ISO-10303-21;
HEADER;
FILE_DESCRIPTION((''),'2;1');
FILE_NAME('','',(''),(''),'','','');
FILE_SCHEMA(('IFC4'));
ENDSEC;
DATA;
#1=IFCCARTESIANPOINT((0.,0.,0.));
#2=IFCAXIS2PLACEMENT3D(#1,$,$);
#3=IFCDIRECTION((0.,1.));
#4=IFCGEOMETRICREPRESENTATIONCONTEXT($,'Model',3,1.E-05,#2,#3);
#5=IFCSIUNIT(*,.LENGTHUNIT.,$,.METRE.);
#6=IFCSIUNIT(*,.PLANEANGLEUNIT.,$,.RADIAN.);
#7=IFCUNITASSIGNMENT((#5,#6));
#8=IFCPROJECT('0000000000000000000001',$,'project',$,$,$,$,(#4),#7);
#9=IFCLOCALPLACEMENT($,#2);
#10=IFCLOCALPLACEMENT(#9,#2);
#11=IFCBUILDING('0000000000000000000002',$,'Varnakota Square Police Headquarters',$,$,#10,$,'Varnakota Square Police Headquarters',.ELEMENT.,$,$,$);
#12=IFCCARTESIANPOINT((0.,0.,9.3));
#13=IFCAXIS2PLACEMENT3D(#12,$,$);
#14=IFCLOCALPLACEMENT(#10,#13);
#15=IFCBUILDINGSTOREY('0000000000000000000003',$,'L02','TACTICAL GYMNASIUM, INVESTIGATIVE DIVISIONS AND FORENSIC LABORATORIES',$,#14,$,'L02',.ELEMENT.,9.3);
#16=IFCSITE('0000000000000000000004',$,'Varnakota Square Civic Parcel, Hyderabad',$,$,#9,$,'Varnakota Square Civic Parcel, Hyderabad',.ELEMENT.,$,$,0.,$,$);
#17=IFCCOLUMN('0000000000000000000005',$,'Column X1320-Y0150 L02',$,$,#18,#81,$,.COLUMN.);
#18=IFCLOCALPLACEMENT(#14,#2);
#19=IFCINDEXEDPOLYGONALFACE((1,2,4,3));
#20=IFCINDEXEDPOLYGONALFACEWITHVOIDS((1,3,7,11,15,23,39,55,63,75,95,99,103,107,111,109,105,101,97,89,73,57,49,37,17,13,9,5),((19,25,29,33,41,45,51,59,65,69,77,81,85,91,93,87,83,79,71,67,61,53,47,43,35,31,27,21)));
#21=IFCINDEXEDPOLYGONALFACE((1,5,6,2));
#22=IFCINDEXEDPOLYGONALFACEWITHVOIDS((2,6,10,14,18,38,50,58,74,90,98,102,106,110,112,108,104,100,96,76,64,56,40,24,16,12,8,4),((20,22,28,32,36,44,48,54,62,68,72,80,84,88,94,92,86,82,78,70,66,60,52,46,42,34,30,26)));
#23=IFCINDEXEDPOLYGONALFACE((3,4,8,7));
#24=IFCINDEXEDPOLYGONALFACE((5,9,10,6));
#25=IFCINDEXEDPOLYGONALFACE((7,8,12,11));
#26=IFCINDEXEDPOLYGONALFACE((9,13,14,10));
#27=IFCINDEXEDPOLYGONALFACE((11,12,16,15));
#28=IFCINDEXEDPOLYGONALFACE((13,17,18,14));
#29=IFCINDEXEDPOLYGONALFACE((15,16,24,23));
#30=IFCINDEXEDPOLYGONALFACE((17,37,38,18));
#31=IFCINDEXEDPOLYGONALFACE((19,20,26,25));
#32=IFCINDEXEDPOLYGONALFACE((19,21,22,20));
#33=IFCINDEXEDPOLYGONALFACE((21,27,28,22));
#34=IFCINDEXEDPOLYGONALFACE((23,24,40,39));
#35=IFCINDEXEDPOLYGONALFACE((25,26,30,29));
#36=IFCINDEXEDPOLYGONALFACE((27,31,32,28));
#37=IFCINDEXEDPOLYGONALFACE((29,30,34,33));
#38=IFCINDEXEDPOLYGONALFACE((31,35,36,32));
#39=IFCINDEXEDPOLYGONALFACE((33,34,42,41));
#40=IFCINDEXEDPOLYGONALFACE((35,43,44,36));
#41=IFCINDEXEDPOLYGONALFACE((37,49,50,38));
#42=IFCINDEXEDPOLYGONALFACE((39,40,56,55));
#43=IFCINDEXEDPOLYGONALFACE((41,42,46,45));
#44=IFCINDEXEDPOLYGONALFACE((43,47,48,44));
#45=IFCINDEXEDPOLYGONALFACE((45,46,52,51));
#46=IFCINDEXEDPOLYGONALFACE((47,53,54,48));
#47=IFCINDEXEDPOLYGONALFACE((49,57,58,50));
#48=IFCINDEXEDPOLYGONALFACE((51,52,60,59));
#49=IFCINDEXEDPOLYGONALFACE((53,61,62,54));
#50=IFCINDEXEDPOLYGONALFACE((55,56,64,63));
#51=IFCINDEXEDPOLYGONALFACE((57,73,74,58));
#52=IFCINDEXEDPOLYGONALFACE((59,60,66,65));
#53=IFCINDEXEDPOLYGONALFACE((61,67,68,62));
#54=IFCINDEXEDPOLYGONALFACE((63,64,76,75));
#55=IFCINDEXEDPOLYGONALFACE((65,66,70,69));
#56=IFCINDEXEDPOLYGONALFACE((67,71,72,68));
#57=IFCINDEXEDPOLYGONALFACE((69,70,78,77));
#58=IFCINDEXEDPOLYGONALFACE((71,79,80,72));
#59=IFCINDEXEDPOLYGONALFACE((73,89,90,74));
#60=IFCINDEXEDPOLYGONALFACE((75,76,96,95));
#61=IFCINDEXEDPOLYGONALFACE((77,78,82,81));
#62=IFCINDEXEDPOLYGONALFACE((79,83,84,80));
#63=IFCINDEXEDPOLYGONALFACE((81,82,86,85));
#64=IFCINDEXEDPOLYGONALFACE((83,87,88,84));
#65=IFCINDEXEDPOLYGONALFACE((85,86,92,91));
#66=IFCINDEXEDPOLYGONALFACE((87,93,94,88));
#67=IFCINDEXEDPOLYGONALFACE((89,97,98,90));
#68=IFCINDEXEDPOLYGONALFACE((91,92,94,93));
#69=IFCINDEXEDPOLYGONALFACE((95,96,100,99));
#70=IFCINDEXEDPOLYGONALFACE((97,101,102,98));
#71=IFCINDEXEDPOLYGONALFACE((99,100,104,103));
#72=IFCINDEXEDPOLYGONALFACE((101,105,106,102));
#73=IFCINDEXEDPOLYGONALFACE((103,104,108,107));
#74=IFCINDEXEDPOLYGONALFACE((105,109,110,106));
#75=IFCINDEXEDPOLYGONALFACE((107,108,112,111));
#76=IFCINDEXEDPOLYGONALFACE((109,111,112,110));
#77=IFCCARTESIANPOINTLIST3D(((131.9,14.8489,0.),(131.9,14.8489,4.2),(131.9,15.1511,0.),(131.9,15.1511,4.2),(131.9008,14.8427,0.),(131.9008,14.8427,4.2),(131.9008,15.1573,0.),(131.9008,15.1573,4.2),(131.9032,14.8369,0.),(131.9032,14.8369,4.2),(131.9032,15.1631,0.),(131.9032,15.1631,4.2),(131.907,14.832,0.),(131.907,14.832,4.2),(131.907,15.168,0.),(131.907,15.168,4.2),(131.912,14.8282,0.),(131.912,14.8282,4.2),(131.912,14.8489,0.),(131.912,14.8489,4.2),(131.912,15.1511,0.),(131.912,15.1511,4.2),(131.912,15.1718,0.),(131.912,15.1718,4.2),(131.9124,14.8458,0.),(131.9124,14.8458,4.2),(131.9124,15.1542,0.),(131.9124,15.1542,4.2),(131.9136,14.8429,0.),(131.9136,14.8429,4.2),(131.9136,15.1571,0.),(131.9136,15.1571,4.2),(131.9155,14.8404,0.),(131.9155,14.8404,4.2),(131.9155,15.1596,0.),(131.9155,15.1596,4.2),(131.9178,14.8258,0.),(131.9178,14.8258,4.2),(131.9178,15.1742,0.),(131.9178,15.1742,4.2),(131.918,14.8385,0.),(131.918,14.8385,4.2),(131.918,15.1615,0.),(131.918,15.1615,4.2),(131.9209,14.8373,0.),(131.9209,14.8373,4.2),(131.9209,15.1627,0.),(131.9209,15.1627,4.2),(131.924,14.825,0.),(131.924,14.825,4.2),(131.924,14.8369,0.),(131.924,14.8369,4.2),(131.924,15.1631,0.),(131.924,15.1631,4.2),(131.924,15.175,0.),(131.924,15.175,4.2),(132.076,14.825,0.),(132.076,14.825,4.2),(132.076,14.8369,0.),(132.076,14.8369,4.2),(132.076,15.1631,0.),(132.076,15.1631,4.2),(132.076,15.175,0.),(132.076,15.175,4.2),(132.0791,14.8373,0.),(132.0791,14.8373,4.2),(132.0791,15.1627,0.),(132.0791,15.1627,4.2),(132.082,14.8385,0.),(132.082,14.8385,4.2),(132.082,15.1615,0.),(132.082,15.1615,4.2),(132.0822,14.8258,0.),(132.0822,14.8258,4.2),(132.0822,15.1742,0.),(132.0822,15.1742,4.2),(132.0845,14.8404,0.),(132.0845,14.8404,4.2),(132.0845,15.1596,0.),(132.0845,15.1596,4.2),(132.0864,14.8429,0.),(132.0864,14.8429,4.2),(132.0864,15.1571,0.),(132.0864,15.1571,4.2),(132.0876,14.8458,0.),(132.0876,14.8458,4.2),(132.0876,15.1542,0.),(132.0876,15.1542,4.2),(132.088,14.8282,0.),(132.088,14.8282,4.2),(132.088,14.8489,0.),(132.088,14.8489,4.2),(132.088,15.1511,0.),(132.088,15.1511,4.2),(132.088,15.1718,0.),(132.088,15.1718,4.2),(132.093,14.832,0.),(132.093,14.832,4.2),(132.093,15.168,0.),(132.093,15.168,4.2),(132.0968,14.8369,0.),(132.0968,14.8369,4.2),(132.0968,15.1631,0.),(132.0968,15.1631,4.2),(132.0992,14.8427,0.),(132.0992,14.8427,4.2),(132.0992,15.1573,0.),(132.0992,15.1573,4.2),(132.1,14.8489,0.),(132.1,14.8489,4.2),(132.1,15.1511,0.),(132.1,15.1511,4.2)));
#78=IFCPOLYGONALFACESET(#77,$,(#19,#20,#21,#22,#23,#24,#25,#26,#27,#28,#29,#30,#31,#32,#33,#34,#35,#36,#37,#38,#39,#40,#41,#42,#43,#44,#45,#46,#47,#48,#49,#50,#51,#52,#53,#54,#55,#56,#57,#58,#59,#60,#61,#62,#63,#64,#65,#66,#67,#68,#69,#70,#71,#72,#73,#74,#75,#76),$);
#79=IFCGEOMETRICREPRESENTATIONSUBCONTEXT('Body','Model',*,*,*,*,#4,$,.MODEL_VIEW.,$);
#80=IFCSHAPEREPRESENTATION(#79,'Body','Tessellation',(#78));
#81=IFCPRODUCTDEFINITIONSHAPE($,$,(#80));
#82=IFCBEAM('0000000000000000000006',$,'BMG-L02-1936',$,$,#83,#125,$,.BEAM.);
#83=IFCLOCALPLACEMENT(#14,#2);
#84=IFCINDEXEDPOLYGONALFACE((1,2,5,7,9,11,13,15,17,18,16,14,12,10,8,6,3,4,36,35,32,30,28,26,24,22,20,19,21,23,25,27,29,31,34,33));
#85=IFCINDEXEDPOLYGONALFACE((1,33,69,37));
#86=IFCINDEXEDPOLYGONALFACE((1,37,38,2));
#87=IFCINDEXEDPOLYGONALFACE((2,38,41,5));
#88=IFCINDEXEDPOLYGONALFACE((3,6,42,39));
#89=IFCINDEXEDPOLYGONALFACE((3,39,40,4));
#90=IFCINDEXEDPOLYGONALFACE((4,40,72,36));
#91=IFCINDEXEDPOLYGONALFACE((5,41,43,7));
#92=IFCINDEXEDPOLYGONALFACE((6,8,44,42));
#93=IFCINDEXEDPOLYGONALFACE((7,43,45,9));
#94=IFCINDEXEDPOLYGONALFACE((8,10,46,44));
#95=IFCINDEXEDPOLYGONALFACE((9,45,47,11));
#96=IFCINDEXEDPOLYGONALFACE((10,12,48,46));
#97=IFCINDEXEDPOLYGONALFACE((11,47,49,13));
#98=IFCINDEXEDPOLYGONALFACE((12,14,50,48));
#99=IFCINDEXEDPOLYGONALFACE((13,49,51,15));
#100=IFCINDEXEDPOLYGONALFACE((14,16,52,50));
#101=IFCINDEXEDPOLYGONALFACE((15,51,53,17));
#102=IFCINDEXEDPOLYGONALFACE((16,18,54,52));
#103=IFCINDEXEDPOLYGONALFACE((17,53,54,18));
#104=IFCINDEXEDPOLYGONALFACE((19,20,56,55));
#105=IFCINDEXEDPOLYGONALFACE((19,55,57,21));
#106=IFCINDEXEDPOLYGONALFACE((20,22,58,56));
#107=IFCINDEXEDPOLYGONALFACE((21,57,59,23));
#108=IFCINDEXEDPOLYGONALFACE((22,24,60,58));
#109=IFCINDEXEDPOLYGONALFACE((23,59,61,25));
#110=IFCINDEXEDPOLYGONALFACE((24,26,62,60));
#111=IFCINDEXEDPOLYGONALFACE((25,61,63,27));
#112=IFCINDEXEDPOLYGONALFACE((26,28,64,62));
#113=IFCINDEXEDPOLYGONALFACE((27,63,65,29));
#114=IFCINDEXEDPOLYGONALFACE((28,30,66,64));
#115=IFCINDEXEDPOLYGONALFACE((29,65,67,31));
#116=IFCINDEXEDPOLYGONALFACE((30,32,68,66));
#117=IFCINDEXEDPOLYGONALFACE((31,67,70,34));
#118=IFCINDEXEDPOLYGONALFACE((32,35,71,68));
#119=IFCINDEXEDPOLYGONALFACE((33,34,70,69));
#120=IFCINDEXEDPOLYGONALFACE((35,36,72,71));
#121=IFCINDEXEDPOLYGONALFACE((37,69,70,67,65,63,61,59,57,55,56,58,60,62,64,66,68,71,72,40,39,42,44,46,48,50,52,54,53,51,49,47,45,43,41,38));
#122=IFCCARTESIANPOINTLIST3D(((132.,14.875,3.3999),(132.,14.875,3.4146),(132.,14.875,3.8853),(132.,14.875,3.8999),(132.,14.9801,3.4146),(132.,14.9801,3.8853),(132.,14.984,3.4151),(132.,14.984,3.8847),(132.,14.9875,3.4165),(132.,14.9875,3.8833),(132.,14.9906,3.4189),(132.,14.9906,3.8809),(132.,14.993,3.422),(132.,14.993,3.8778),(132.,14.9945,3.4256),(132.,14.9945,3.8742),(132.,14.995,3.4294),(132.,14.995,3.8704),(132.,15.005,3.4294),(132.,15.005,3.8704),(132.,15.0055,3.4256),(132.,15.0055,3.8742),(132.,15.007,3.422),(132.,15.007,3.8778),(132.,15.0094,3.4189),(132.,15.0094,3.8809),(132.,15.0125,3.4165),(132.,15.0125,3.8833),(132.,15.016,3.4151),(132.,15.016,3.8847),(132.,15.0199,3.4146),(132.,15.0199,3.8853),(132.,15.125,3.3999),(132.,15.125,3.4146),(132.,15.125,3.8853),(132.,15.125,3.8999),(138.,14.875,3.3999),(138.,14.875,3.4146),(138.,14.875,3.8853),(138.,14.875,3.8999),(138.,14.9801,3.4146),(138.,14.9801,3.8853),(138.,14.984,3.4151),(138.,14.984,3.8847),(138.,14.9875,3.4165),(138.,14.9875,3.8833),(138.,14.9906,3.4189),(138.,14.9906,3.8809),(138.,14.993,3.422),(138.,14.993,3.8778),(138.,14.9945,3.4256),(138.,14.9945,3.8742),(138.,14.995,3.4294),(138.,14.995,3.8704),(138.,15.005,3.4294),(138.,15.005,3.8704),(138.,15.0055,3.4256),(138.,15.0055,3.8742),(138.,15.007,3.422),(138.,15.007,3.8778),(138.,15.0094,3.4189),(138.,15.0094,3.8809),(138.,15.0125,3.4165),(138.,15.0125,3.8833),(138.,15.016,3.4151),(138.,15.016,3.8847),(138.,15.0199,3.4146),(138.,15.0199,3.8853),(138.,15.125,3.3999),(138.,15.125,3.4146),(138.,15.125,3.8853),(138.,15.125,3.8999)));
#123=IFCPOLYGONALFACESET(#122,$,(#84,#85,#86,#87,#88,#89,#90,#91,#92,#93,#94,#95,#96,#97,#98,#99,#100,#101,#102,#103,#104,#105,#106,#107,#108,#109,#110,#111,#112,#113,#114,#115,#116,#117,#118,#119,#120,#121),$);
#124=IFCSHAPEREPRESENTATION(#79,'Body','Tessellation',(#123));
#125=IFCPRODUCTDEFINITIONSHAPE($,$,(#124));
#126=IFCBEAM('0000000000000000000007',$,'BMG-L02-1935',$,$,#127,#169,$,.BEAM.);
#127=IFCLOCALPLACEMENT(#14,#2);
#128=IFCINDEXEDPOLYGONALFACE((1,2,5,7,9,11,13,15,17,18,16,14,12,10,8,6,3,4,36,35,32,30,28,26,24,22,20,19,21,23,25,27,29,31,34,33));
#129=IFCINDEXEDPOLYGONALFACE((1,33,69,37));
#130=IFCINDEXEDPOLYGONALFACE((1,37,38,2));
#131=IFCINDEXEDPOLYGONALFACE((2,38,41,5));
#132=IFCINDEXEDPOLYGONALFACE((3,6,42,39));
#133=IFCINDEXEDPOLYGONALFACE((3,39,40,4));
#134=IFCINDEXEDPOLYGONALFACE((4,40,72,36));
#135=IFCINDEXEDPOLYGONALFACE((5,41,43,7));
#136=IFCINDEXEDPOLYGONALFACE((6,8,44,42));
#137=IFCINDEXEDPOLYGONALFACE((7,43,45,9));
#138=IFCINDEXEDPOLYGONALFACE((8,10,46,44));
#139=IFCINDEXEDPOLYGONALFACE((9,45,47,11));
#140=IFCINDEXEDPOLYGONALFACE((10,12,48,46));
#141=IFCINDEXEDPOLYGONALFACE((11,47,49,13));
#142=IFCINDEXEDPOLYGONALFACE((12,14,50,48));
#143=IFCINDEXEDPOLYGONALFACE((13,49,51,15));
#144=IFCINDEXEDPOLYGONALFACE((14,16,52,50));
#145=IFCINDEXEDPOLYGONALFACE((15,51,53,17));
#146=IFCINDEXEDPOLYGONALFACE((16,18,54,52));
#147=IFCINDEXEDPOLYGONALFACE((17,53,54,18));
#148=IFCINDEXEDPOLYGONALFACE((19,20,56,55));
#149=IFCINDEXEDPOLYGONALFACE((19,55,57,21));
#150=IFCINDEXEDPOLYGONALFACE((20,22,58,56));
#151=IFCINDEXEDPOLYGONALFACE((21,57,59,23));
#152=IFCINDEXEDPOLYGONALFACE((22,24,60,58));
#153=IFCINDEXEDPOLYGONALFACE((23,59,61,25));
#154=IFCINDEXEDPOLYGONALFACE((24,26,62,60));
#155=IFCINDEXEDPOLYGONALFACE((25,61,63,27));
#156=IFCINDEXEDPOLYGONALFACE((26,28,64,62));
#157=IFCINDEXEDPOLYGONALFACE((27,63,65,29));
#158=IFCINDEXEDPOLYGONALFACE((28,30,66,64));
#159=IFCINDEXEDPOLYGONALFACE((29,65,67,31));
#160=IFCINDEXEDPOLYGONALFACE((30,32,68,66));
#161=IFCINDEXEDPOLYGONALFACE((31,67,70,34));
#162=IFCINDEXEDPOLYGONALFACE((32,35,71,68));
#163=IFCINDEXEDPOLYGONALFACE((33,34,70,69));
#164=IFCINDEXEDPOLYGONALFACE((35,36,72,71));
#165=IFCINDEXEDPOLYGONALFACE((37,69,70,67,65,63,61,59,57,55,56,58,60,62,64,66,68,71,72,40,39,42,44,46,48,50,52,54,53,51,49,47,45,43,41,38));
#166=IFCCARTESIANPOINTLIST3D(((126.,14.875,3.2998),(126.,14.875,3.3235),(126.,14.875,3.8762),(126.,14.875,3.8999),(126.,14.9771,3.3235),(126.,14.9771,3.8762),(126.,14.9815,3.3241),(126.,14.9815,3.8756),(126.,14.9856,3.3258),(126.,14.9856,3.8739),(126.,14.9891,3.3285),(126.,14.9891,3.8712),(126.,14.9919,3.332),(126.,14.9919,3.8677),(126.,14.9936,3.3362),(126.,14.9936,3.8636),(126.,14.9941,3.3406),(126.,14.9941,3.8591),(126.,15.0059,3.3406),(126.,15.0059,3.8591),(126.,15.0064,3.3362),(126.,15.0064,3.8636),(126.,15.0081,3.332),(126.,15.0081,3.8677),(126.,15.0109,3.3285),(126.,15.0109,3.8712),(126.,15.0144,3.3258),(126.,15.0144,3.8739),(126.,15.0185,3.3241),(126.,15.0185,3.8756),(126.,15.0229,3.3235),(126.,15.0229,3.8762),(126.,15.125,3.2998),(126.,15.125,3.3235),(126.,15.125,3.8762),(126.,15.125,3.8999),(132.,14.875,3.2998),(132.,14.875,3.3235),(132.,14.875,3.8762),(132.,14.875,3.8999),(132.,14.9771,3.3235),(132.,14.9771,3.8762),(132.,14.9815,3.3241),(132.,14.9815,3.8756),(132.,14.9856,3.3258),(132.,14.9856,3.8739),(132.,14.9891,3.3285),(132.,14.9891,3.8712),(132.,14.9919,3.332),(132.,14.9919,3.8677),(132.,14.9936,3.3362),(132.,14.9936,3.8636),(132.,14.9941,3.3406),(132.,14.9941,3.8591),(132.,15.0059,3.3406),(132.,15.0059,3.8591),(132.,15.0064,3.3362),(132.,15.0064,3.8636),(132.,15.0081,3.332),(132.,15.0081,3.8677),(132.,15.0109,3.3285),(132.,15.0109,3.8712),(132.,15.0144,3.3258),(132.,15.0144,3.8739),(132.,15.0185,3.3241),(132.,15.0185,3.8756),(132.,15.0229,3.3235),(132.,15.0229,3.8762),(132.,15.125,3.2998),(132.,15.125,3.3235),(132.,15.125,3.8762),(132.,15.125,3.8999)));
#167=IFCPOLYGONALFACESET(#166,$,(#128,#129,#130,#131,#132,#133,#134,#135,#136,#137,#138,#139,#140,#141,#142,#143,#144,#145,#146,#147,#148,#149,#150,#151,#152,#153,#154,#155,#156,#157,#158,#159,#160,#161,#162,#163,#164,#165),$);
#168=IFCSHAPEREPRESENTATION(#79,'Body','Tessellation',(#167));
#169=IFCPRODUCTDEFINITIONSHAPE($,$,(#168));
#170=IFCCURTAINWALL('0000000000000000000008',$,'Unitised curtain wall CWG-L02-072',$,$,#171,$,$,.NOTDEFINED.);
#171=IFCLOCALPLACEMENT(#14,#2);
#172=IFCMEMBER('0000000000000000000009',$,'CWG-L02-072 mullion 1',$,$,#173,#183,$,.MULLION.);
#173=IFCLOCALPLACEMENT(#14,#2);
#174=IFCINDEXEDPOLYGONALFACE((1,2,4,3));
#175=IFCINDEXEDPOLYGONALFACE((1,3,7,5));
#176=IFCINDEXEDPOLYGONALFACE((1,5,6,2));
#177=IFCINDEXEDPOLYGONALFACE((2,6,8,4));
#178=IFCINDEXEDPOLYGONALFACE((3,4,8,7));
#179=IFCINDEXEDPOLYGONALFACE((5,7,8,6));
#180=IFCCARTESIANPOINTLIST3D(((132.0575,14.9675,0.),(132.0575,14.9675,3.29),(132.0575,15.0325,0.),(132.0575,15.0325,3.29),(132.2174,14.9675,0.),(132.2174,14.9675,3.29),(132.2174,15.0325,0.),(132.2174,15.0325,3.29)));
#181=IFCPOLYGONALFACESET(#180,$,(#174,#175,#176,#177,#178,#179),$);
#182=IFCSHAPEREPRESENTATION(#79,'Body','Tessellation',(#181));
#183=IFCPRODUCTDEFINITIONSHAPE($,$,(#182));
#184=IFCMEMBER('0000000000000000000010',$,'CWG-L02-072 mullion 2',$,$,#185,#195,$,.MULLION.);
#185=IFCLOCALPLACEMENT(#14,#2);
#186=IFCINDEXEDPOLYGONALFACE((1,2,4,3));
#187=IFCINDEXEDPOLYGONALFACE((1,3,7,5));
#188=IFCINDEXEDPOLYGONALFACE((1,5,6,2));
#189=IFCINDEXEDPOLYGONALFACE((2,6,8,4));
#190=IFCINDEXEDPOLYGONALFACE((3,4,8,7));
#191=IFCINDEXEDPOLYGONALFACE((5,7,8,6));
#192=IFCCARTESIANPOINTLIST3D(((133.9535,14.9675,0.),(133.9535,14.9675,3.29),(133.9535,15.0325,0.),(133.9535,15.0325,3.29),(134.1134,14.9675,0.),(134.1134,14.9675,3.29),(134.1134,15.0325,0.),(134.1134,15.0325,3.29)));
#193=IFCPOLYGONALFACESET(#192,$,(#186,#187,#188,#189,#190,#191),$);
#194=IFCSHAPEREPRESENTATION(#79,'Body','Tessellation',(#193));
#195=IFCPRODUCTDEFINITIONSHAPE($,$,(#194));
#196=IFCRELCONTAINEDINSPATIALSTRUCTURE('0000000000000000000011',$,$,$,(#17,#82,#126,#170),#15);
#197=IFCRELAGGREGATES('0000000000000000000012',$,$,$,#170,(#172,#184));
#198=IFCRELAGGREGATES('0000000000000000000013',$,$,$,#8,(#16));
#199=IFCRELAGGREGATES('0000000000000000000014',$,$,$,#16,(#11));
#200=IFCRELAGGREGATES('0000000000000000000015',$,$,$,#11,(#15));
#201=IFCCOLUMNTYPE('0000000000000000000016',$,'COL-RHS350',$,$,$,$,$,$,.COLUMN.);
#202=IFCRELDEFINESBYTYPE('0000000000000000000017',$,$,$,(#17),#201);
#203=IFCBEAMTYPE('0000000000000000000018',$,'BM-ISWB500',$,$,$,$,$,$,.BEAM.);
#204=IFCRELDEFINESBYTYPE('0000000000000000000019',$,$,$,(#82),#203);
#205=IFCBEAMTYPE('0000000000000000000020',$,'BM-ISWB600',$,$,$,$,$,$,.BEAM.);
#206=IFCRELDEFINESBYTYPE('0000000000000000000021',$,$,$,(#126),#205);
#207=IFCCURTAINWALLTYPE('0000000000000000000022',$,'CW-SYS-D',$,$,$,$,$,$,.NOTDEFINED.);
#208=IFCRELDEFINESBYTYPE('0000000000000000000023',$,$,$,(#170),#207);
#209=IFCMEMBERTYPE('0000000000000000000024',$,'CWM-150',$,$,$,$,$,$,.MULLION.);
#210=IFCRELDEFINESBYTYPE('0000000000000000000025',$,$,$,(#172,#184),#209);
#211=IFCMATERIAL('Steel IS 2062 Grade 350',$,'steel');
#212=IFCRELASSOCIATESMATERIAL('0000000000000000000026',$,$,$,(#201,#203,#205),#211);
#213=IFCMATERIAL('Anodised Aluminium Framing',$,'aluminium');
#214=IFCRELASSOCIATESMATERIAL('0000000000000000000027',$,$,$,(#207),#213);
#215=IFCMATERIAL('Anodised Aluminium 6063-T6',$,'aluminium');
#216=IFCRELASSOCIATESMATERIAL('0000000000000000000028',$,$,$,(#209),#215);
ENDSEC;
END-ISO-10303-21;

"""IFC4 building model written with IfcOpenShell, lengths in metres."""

from ifc_helpers import new_model, si_unit, direction, frame, origin, origin_2d, place, context, subcontext, project, spatial, rectangle, hollow_rectangle, i_section, extrude, material, material_profile, profile_set, type_object, element, aggregate, save


model = new_model("IFC4")

# Units and contexts
model_context = context("Model", 3, precision=1e-05, world=origin(), true_north=direction((0.0, 1.0)))
body_context = subcontext(model_context, "Body", "Model", "MODEL_VIEW")
ifc_project = project(units=[si_unit("LENGTHUNIT", "METRE"), si_unit("PLANEANGLEUNIT", "RADIAN")], contexts=[model_context])

# Site, building, storey
site_placement = place(None, origin())
site = spatial("IfcSite", under=ifc_project, at=site_placement, Name="Varnakota Square Civic Parcel, Hyderabad", LongName="Varnakota Square Civic Parcel, Hyderabad", CompositionType="ELEMENT", RefElevation=0.0)
building_placement = place(site_placement, origin())
building = spatial("IfcBuilding", under=site, at=building_placement, Name="Varnakota Square Police Headquarters", LongName="Varnakota Square Police Headquarters", CompositionType="ELEMENT")
storey_placement = place(building_placement, frame((0.0, 0.0, 9.3)))
storey = spatial("IfcBuildingStorey", under=building, at=storey_placement, Name="L02", Description="TACTICAL GYMNASIUM, INVESTIGATIVE DIVISIONS AND FORENSIC LABORATORIES", LongName="L02", CompositionType="ELEMENT", Elevation=9.3)

# Column
ifc_material_1 = material(Name="Steel IS 2062 Grade 350", Category="steel")
ifc_material_profile_1 = material_profile(ifc_material_1, hollow_rectangle(XDim=0.2, YDim=0.3501, WallThickness=0.012, InnerFilletRadius=0.012, OuterFilletRadius=0.0239, at=origin_2d()), Name="RHS 350x200x12")
ifc_profile_set_1 = profile_set([ifc_material_profile_1], Name="Steel IS 2062 Grade 350")
column_type = type_object("IfcColumnType", Name="COL-RHS350", PredefinedType="COLUMN", material=ifc_profile_set_1)
column_placement = place(storey_placement, frame((132.0, 15.0, 0.0), z_axis=(0.0, 0.0, 1.0), x_axis=(1.0, 0.0, 0.0)))
element("IfcColumn", 1, at=column_placement, inside=storey, type_object=column_type, Name="Column X1320-Y0150 L02", PredefinedType="COLUMN", context=body_context, shape_type="SweptSolid", body=[
    extrude(hollow_rectangle(XDim=0.2, YDim=0.3501, WallThickness=0.012, InnerFilletRadius=0.012, OuterFilletRadius=0.0239, at=origin_2d()), origin(), (0.0, 0.0, 1.0), 4.2),
])

# Beams
ifc_material_profile_2 = material_profile(ifc_material_1, i_section(OverallWidth=0.25, OverallDepth=0.5, WebThickness=0.01, FlangeThickness=0.0146, FilletRadius=0.0149, at=origin_2d()), Name="ISWB 500")
ifc_profile_set_2 = profile_set([ifc_material_profile_2], Name="Steel IS 2062 Grade 350")
beam_type_1 = type_object("IfcBeamType", Name="BM-ISWB500", PredefinedType="BEAM", material=ifc_profile_set_2)
beam_1_placement = place(storey_placement, frame((132.0, 15.0, 3.6499), z_axis=(1.0, 0.0, 0.0), x_axis=(0.0, 1.0, 0.0)))
element("IfcBeam", 2, at=beam_1_placement, inside=storey, type_object=beam_type_1, Name="BMG-L02-1936", PredefinedType="BEAM", context=body_context, shape_type="SweptSolid", body=[
    extrude(i_section(OverallWidth=0.25, OverallDepth=0.5, WebThickness=0.01, FlangeThickness=0.0146, FilletRadius=0.0149, at=origin_2d()), origin(), (0.0, 0.0, 1.0), 6.0),
])
ifc_material_profile_3 = material_profile(ifc_material_1, i_section(OverallWidth=0.25, OverallDepth=0.6001, WebThickness=0.0117, FlangeThickness=0.0237, FilletRadius=0.0171, at=origin_2d()), Name="ISWB 600")
ifc_profile_set_3 = profile_set([ifc_material_profile_3], Name="Steel IS 2062 Grade 350")
beam_type_2 = type_object("IfcBeamType", Name="BM-ISWB600", PredefinedType="BEAM", material=ifc_profile_set_3)
beam_2_placement = place(storey_placement, frame((126.0, 15.0, 3.5999), z_axis=(1.0, 0.0, 0.0), x_axis=(0.0, 1.0, 0.0)))
element("IfcBeam", 3, at=beam_2_placement, inside=storey, type_object=beam_type_2, Name="BMG-L02-1935", PredefinedType="BEAM", context=body_context, shape_type="SweptSolid", body=[
    extrude(i_section(OverallWidth=0.25, OverallDepth=0.6001, WebThickness=0.0117, FlangeThickness=0.0237, FilletRadius=0.0171, at=origin_2d()), origin(), (0.0, 0.0, 1.0), 6.0),
])

# Curtain wall, members
ifc_material_2 = material(Name="Anodised Aluminium Framing", Category="aluminium")
curtain_wall_type = type_object("IfcCurtainWallType", Name="CW-SYS-D", PredefinedType="NOTDEFINED", material=ifc_material_2)
curtain_wall_placement = place(storey_placement, origin())
curtain_wall = element("IfcCurtainWall", 4, at=curtain_wall_placement, inside=storey, type_object=curtain_wall_type, Name="Unitised curtain wall CWG-L02-072", PredefinedType="NOTDEFINED")
ifc_material_3 = material(Name="Anodised Aluminium 6063-T6", Category="aluminium")
ifc_material_profile_4 = material_profile(ifc_material_3, rectangle(XDim=0.0649, YDim=0.1599, at=origin_2d()), Name="ALU MULLION 65x160")
ifc_profile_set_4 = profile_set([ifc_material_profile_4], Name="Anodised Aluminium 6063-T6")
member_type_1 = type_object("IfcMemberType", Name="CWM-150", PredefinedType="MULLION", material=ifc_profile_set_4)
member_1_placement = place(storey_placement, frame((132.1375, 15.0, 0.0), z_axis=(0.0, 0.0, 1.0), x_axis=(0.0, 1.0, 0.0)))
member_1 = element("IfcMember", 5, at=member_1_placement, type_object=member_type_1, Name="CWG-L02-072 mullion 1", PredefinedType="MULLION", context=body_context, shape_type="SweptSolid", body=[
    extrude(rectangle(XDim=0.0649, YDim=0.1599, at=origin_2d()), origin(), (0.0, 0.0, 1.0), 3.29),
])
member_2_placement = place(storey_placement, frame((134.0334, 15.0, 0.0), z_axis=(0.0, 0.0, 1.0), x_axis=(0.0, 1.0, 0.0)))
member_2 = element("IfcMember", 6, at=member_2_placement, type_object=member_type_1, Name="CWG-L02-072 mullion 2", PredefinedType="MULLION", context=body_context, shape_type="SweptSolid", body=[
    extrude(rectangle(XDim=0.0649, YDim=0.1599, at=origin_2d()), origin(), (0.0, 0.0, 1.0), 3.29),
])

aggregate(curtain_wall, [member_1, member_2])

save(model, "model.ifc")
